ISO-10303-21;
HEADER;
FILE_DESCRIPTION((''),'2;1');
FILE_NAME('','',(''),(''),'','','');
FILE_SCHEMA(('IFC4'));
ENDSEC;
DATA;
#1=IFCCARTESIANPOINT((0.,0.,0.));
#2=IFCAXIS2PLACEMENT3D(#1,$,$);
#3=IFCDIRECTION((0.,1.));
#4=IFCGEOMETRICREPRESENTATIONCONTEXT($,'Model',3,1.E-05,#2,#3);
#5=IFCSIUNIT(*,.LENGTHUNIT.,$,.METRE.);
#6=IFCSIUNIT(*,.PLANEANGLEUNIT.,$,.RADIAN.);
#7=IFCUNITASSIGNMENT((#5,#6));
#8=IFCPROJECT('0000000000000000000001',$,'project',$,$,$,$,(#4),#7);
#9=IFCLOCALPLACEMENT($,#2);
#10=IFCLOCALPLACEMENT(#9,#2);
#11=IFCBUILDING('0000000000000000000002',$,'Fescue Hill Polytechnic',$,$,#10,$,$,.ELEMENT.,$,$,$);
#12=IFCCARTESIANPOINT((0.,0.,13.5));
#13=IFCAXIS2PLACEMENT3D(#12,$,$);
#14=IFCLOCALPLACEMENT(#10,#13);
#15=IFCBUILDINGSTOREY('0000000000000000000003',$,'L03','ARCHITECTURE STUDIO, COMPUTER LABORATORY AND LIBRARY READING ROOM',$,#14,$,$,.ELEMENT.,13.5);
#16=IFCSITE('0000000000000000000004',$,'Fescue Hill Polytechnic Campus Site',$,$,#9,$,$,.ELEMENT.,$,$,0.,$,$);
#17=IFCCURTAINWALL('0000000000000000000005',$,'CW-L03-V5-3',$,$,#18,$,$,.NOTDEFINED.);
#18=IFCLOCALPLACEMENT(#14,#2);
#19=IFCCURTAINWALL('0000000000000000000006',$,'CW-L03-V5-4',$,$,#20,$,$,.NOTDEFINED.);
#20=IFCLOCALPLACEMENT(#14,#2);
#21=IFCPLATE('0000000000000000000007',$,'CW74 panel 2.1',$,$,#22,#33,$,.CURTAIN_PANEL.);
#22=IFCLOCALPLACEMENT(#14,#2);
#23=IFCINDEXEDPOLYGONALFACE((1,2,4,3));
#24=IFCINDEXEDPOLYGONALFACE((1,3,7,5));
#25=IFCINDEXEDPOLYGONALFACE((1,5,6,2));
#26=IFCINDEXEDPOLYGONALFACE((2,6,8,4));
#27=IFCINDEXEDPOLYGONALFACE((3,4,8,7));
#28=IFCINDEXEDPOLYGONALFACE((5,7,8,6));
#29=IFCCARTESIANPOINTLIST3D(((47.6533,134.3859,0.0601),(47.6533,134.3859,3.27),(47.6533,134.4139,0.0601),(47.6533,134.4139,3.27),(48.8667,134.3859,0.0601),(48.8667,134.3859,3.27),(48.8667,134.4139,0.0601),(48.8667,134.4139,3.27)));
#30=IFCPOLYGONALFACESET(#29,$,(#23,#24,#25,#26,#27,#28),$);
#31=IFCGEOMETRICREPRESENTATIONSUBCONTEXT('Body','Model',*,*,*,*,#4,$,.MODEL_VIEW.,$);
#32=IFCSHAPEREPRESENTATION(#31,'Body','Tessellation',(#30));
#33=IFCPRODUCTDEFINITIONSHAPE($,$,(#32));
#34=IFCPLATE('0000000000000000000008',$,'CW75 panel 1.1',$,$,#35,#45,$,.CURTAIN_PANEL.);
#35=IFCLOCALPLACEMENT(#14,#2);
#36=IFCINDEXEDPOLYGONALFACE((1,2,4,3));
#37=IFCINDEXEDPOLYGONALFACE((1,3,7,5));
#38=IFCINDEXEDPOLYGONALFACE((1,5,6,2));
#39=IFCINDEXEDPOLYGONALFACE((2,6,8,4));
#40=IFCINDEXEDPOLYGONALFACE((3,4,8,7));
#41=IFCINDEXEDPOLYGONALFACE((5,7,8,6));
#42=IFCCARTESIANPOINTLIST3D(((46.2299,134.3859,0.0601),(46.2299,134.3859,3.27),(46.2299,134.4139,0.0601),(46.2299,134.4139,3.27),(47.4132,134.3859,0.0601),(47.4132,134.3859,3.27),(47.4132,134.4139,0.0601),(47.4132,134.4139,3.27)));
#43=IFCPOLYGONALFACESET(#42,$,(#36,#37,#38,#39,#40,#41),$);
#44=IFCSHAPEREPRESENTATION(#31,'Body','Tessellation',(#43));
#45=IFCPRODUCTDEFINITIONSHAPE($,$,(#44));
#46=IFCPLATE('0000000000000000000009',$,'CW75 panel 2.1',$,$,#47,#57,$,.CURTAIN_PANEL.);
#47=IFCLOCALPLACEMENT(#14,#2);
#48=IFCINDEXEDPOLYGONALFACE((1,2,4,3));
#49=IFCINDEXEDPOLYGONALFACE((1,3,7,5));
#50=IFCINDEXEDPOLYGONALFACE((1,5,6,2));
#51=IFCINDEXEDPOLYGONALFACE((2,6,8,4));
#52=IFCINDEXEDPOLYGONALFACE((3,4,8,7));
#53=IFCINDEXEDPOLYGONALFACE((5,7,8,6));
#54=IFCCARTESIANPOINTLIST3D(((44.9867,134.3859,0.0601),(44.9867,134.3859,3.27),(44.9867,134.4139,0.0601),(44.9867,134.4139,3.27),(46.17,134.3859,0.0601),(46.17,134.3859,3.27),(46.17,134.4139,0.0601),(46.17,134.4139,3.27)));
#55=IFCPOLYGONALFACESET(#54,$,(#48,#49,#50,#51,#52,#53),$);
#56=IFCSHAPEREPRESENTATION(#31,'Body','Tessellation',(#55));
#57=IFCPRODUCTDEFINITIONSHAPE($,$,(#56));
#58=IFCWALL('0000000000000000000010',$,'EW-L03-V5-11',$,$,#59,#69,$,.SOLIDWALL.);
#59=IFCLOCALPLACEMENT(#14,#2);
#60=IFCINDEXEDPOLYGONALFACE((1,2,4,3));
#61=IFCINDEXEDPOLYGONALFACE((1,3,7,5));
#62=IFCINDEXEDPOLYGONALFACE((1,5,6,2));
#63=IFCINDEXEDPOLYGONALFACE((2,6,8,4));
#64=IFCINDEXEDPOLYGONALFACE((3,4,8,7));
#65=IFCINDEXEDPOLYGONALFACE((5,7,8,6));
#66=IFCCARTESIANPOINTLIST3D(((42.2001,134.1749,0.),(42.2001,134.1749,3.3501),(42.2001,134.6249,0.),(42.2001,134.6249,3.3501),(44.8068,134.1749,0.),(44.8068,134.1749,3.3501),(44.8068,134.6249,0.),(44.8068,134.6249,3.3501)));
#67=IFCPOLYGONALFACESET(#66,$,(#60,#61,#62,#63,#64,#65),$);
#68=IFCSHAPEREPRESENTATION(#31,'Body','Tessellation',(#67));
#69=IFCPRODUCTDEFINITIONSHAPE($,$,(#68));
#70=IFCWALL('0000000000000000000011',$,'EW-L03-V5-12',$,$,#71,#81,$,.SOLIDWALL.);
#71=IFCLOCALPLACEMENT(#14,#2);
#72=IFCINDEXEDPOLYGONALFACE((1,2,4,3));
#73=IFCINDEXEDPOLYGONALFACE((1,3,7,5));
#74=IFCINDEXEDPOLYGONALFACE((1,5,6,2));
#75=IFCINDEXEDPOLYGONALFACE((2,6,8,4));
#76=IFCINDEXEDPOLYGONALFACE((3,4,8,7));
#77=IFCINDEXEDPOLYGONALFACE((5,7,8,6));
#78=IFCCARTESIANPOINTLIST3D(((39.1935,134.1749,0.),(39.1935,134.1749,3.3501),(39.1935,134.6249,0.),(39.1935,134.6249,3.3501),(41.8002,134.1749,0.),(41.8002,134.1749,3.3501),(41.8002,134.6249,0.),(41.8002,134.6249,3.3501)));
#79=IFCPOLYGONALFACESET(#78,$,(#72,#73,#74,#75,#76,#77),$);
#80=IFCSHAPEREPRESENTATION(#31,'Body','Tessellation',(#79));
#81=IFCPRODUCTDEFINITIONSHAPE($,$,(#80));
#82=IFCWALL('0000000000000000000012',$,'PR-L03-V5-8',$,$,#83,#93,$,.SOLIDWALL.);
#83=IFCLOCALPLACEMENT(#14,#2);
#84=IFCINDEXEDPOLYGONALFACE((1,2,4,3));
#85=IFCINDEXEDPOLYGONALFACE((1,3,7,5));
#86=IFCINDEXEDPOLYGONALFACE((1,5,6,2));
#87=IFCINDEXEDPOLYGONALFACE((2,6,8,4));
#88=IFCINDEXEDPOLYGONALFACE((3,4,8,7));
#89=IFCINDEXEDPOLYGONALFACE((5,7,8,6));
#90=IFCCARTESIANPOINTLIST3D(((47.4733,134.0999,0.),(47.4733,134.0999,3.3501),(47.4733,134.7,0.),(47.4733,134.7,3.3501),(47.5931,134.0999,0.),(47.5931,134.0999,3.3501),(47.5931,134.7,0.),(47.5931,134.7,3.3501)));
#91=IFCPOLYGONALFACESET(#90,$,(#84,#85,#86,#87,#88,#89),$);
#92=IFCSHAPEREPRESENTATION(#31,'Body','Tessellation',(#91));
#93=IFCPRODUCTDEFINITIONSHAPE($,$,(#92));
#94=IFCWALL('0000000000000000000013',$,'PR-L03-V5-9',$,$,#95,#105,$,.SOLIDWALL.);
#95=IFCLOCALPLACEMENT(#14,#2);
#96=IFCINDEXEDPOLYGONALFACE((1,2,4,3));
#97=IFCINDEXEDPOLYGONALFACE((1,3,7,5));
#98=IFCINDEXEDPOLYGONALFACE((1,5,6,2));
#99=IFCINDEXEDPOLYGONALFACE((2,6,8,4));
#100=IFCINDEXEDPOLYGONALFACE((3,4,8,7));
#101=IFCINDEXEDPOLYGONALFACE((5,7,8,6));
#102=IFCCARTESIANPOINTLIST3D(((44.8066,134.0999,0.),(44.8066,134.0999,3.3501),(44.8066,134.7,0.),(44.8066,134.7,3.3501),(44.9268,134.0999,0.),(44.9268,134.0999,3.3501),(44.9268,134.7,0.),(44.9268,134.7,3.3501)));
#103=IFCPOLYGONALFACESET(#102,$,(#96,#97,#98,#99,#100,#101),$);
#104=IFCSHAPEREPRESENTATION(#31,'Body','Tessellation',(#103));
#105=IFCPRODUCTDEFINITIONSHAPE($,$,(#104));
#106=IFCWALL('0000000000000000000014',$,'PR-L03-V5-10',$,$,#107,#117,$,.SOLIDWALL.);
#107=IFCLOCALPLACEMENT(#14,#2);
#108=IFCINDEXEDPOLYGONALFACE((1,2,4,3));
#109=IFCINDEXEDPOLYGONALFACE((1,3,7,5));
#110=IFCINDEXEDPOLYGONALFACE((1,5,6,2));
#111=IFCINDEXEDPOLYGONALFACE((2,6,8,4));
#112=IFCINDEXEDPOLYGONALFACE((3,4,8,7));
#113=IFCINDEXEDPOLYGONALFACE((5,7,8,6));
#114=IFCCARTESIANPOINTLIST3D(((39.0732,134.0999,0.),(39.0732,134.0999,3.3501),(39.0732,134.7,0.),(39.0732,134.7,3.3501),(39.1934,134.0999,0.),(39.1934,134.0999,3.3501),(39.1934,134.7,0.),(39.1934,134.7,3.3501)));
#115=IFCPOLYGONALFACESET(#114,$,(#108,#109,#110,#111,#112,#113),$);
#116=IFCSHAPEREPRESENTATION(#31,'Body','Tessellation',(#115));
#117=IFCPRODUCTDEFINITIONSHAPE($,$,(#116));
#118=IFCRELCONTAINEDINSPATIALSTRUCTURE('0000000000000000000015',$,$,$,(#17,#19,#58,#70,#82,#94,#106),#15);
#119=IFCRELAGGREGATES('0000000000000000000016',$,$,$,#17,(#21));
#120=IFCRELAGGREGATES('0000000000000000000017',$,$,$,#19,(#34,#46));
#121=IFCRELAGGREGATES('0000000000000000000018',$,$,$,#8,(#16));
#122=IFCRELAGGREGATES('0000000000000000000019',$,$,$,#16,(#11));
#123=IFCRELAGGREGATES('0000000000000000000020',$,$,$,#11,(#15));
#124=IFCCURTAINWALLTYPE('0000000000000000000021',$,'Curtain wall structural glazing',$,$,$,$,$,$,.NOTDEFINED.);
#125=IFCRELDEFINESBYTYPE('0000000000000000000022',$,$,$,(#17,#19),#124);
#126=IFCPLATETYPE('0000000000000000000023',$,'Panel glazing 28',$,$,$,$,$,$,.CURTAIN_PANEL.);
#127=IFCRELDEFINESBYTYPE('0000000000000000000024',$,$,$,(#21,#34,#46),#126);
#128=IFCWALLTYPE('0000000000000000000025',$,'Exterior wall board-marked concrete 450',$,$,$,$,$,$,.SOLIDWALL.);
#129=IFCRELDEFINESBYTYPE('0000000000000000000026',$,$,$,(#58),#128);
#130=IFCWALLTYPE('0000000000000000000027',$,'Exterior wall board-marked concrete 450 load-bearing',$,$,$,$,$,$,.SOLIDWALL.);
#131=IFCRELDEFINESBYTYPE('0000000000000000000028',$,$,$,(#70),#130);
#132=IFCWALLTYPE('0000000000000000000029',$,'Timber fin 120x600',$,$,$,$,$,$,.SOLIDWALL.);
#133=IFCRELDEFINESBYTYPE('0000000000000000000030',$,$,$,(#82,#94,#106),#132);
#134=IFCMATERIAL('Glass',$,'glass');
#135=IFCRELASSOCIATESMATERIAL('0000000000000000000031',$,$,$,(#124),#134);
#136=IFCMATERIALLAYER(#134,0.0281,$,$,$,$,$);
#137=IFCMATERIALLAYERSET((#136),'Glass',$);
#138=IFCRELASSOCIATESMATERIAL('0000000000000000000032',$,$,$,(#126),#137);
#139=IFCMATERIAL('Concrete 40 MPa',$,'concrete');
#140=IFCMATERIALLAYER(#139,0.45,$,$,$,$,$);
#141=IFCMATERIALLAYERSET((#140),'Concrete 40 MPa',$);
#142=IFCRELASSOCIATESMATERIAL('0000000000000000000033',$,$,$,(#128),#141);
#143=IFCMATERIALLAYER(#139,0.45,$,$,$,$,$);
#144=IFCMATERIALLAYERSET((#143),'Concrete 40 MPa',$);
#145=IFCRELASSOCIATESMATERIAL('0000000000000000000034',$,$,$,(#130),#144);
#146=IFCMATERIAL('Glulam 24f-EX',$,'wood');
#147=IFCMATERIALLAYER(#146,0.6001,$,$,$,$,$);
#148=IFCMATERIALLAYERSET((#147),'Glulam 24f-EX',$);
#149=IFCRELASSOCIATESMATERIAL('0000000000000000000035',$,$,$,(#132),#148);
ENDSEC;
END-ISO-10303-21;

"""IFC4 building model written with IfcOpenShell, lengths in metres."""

from ifc_helpers import new_model, si_unit, direction, frame, frame_2d, origin, origin_2d, place, context, subcontext, project, spatial, rectangle, extrude, material, layer, layer_set, type_object, element, aggregate, save


model = new_model("IFC4")

# Units and contexts
model_context = context("Model", 3, precision=1e-05, world=origin(), true_north=direction((0.0, 1.0)))
body_context = subcontext(model_context, "Body", "Model", "MODEL_VIEW")
ifc_project = project(units=[si_unit("LENGTHUNIT", "METRE"), si_unit("PLANEANGLEUNIT", "RADIAN")], contexts=[model_context])

# Site, building, storey
site_placement = place(None, origin())
site = spatial("IfcSite", under=ifc_project, at=site_placement, Name="Fescue Hill Polytechnic Campus Site", CompositionType="ELEMENT", RefElevation=0.0)
building_placement = place(site_placement, origin())
building = spatial("IfcBuilding", under=site, at=building_placement, Name="Fescue Hill Polytechnic", CompositionType="ELEMENT")
storey_placement = place(building_placement, frame((0.0, 0.0, 13.5)))
storey = spatial("IfcBuildingStorey", under=building, at=storey_placement, Name="L03", Description="ARCHITECTURE STUDIO, COMPUTER LABORATORY AND LIBRARY READING ROOM", CompositionType="ELEMENT", Elevation=13.5)

# Shared definitions
ifc_material_1 = material(Name="Concrete 40 MPa", Category="concrete")

# Curtain walls
ifc_material_2 = material(Name="Glass", Category="glass")
curtain_wall_type = type_object("IfcCurtainWallType", Name="Curtain wall structural glazing", PredefinedType="NOTDEFINED", material=ifc_material_2)
curtain_wall_1_placement = place(storey_placement, origin())
curtain_wall_1 = element("IfcCurtainWall", 1, at=curtain_wall_1_placement, inside=storey, type_object=curtain_wall_type, Name="CW-L03-V5-3", PredefinedType="NOTDEFINED")
curtain_wall_2_placement = place(storey_placement, origin())
curtain_wall_2 = element("IfcCurtainWall", 2, at=curtain_wall_2_placement, inside=storey, type_object=curtain_wall_type, Name="CW-L03-V5-4", PredefinedType="NOTDEFINED")

# Plates
ifc_layer_1 = layer(ifc_material_2, 0.0281)
ifc_layer_set_1 = layer_set([ifc_layer_1], Name="Glass")
plate_type = type_object("IfcPlateType", Name="Panel glazing 28", PredefinedType="CURTAIN_PANEL", material=ifc_layer_set_1)
plate_1_placement = place(storey_placement, frame((48.26, 134.3999, 0.0601), z_axis=(0.0, 0.0, 1.0), x_axis=(-1.0, 0.0, 0.0)))
plate_1 = element("IfcPlate", 3, at=plate_1_placement, type_object=plate_type, Name="CW74 panel 2.1", PredefinedType="CURTAIN_PANEL", context=body_context, shape_type="SweptSolid", body=[
    extrude(rectangle(XDim=1.2134, YDim=0.0281, at=origin_2d()), origin(), (0.0, 0.0, 1.0), 3.21),
])
aggregate(curtain_wall_1, [plate_1])
plate_2_placement = place(storey_placement, frame((46.8215, 134.3999, 0.0601), z_axis=(0.0, 0.0, 1.0), x_axis=(-1.0, 0.0, 0.0)))
plate_2 = element("IfcPlate", 4, at=plate_2_placement, type_object=plate_type, Name="CW75 panel 1.1", PredefinedType="CURTAIN_PANEL", context=body_context, shape_type="SweptSolid", body=[
    extrude(rectangle(XDim=1.1833, YDim=0.0281, at=origin_2d()), origin(), (0.0, 0.0, 1.0), 3.21),
])
plate_3_placement = place(storey_placement, frame((45.5784, 134.3999, 0.0601), z_axis=(0.0, 0.0, 1.0), x_axis=(-1.0, 0.0, 0.0)))
plate_3 = element("IfcPlate", 5, at=plate_3_placement, type_object=plate_type, Name="CW75 panel 2.1", PredefinedType="CURTAIN_PANEL", context=body_context, shape_type="SweptSolid", body=[
    extrude(rectangle(XDim=1.1833, YDim=0.0281, at=origin_2d()), origin(), (0.0, 0.0, 1.0), 3.21),
])
aggregate(curtain_wall_2, [plate_2, plate_3])

# Walls
ifc_layer_2 = layer(ifc_material_1, 0.45)
ifc_layer_set_2 = layer_set([ifc_layer_2], Name="Concrete 40 MPa")
wall_type_1 = type_object("IfcWallType", Name="Exterior wall board-marked concrete 450", PredefinedType="SOLIDWALL", material=ifc_layer_set_2)
wall_1_placement = place(storey_placement, frame((44.8066, 134.3999, 0.0), z_axis=(0.0, 0.0, 1.0), x_axis=(-1.0, 0.0, 0.0)))
element("IfcWall", 6, at=wall_1_placement, inside=storey, type_object=wall_type_1, Name="EW-L03-V5-11", PredefinedType="SOLIDWALL", context=body_context, shape_type="SweptSolid", body=[
    extrude(rectangle(XDim=2.6067, YDim=0.45, at=frame_2d((1.3032, 0.0))), origin(), (0.0, 0.0, 1.0), 3.3501),
])
ifc_layer_3 = layer(ifc_material_1, 0.45)
ifc_layer_set_3 = layer_set([ifc_layer_3], Name="Concrete 40 MPa")
wall_type_2 = type_object("IfcWallType", Name="Exterior wall board-marked concrete 450 load-bearing", PredefinedType="SOLIDWALL", material=ifc_layer_set_3)
wall_2_placement = place(storey_placement, frame((41.8, 134.3999, 0.0), z_axis=(0.0, 0.0, 1.0), x_axis=(-1.0, 0.0, 0.0)))
element("IfcWall", 7, at=wall_2_placement, inside=storey, type_object=wall_type_2, Name="EW-L03-V5-12", PredefinedType="SOLIDWALL", context=body_context, shape_type="SweptSolid", body=[
    extrude(rectangle(XDim=2.6067, YDim=0.45, at=frame_2d((1.3032, 0.0))), origin(), (0.0, 0.0, 1.0), 3.3501),
])
ifc_material_3 = material(Name="Glulam 24f-EX", Category="wood")
ifc_layer_4 = layer(ifc_material_3, 0.6001)
ifc_layer_set_4 = layer_set([ifc_layer_4], Name="Glulam 24f-EX")
wall_type_3 = type_object("IfcWallType", Name="Timber fin 120x600", PredefinedType="SOLIDWALL", material=ifc_layer_set_4)
wall_3_placement = place(storey_placement, frame((47.5933, 134.3999, 0.0), z_axis=(0.0, 0.0, 1.0), x_axis=(-1.0, 0.0, 0.0)))
element("IfcWall", 8, at=wall_3_placement, inside=storey, type_object=wall_type_3, Name="PR-L03-V5-8", PredefinedType="SOLIDWALL", context=body_context, shape_type="SweptSolid", body=[
    extrude(rectangle(XDim=0.1199, YDim=0.6001, at=frame_2d((0.0601, 0.0))), origin(), (0.0, 0.0, 1.0), 3.3501),
])
for number, where, z_axis, x_axis, name in (
    (9, (44.9268, 134.3999, 0.0), (0.0, 0.0, 1.0), (-1.0, 0.0, 0.0), "PR-L03-V5-9"),
    (10, (39.1934, 134.3999, 0.0), (0.0, 0.0, 1.0), (-1.0, 0.0, 0.0), "PR-L03-V5-10"),
):
    element("IfcWall", number, at=place(storey_placement, frame(where, z_axis=z_axis, x_axis=x_axis)), inside=storey, type_object=wall_type_3, Name=name, PredefinedType="SOLIDWALL", context=body_context, shape_type="SweptSolid", body=[
        extrude(rectangle(XDim=0.1201, YDim=0.6001, at=frame_2d((0.0601, 0.0))), origin(), (0.0, 0.0, 1.0), 3.3501),
    ])

save(model, "model.ifc")
